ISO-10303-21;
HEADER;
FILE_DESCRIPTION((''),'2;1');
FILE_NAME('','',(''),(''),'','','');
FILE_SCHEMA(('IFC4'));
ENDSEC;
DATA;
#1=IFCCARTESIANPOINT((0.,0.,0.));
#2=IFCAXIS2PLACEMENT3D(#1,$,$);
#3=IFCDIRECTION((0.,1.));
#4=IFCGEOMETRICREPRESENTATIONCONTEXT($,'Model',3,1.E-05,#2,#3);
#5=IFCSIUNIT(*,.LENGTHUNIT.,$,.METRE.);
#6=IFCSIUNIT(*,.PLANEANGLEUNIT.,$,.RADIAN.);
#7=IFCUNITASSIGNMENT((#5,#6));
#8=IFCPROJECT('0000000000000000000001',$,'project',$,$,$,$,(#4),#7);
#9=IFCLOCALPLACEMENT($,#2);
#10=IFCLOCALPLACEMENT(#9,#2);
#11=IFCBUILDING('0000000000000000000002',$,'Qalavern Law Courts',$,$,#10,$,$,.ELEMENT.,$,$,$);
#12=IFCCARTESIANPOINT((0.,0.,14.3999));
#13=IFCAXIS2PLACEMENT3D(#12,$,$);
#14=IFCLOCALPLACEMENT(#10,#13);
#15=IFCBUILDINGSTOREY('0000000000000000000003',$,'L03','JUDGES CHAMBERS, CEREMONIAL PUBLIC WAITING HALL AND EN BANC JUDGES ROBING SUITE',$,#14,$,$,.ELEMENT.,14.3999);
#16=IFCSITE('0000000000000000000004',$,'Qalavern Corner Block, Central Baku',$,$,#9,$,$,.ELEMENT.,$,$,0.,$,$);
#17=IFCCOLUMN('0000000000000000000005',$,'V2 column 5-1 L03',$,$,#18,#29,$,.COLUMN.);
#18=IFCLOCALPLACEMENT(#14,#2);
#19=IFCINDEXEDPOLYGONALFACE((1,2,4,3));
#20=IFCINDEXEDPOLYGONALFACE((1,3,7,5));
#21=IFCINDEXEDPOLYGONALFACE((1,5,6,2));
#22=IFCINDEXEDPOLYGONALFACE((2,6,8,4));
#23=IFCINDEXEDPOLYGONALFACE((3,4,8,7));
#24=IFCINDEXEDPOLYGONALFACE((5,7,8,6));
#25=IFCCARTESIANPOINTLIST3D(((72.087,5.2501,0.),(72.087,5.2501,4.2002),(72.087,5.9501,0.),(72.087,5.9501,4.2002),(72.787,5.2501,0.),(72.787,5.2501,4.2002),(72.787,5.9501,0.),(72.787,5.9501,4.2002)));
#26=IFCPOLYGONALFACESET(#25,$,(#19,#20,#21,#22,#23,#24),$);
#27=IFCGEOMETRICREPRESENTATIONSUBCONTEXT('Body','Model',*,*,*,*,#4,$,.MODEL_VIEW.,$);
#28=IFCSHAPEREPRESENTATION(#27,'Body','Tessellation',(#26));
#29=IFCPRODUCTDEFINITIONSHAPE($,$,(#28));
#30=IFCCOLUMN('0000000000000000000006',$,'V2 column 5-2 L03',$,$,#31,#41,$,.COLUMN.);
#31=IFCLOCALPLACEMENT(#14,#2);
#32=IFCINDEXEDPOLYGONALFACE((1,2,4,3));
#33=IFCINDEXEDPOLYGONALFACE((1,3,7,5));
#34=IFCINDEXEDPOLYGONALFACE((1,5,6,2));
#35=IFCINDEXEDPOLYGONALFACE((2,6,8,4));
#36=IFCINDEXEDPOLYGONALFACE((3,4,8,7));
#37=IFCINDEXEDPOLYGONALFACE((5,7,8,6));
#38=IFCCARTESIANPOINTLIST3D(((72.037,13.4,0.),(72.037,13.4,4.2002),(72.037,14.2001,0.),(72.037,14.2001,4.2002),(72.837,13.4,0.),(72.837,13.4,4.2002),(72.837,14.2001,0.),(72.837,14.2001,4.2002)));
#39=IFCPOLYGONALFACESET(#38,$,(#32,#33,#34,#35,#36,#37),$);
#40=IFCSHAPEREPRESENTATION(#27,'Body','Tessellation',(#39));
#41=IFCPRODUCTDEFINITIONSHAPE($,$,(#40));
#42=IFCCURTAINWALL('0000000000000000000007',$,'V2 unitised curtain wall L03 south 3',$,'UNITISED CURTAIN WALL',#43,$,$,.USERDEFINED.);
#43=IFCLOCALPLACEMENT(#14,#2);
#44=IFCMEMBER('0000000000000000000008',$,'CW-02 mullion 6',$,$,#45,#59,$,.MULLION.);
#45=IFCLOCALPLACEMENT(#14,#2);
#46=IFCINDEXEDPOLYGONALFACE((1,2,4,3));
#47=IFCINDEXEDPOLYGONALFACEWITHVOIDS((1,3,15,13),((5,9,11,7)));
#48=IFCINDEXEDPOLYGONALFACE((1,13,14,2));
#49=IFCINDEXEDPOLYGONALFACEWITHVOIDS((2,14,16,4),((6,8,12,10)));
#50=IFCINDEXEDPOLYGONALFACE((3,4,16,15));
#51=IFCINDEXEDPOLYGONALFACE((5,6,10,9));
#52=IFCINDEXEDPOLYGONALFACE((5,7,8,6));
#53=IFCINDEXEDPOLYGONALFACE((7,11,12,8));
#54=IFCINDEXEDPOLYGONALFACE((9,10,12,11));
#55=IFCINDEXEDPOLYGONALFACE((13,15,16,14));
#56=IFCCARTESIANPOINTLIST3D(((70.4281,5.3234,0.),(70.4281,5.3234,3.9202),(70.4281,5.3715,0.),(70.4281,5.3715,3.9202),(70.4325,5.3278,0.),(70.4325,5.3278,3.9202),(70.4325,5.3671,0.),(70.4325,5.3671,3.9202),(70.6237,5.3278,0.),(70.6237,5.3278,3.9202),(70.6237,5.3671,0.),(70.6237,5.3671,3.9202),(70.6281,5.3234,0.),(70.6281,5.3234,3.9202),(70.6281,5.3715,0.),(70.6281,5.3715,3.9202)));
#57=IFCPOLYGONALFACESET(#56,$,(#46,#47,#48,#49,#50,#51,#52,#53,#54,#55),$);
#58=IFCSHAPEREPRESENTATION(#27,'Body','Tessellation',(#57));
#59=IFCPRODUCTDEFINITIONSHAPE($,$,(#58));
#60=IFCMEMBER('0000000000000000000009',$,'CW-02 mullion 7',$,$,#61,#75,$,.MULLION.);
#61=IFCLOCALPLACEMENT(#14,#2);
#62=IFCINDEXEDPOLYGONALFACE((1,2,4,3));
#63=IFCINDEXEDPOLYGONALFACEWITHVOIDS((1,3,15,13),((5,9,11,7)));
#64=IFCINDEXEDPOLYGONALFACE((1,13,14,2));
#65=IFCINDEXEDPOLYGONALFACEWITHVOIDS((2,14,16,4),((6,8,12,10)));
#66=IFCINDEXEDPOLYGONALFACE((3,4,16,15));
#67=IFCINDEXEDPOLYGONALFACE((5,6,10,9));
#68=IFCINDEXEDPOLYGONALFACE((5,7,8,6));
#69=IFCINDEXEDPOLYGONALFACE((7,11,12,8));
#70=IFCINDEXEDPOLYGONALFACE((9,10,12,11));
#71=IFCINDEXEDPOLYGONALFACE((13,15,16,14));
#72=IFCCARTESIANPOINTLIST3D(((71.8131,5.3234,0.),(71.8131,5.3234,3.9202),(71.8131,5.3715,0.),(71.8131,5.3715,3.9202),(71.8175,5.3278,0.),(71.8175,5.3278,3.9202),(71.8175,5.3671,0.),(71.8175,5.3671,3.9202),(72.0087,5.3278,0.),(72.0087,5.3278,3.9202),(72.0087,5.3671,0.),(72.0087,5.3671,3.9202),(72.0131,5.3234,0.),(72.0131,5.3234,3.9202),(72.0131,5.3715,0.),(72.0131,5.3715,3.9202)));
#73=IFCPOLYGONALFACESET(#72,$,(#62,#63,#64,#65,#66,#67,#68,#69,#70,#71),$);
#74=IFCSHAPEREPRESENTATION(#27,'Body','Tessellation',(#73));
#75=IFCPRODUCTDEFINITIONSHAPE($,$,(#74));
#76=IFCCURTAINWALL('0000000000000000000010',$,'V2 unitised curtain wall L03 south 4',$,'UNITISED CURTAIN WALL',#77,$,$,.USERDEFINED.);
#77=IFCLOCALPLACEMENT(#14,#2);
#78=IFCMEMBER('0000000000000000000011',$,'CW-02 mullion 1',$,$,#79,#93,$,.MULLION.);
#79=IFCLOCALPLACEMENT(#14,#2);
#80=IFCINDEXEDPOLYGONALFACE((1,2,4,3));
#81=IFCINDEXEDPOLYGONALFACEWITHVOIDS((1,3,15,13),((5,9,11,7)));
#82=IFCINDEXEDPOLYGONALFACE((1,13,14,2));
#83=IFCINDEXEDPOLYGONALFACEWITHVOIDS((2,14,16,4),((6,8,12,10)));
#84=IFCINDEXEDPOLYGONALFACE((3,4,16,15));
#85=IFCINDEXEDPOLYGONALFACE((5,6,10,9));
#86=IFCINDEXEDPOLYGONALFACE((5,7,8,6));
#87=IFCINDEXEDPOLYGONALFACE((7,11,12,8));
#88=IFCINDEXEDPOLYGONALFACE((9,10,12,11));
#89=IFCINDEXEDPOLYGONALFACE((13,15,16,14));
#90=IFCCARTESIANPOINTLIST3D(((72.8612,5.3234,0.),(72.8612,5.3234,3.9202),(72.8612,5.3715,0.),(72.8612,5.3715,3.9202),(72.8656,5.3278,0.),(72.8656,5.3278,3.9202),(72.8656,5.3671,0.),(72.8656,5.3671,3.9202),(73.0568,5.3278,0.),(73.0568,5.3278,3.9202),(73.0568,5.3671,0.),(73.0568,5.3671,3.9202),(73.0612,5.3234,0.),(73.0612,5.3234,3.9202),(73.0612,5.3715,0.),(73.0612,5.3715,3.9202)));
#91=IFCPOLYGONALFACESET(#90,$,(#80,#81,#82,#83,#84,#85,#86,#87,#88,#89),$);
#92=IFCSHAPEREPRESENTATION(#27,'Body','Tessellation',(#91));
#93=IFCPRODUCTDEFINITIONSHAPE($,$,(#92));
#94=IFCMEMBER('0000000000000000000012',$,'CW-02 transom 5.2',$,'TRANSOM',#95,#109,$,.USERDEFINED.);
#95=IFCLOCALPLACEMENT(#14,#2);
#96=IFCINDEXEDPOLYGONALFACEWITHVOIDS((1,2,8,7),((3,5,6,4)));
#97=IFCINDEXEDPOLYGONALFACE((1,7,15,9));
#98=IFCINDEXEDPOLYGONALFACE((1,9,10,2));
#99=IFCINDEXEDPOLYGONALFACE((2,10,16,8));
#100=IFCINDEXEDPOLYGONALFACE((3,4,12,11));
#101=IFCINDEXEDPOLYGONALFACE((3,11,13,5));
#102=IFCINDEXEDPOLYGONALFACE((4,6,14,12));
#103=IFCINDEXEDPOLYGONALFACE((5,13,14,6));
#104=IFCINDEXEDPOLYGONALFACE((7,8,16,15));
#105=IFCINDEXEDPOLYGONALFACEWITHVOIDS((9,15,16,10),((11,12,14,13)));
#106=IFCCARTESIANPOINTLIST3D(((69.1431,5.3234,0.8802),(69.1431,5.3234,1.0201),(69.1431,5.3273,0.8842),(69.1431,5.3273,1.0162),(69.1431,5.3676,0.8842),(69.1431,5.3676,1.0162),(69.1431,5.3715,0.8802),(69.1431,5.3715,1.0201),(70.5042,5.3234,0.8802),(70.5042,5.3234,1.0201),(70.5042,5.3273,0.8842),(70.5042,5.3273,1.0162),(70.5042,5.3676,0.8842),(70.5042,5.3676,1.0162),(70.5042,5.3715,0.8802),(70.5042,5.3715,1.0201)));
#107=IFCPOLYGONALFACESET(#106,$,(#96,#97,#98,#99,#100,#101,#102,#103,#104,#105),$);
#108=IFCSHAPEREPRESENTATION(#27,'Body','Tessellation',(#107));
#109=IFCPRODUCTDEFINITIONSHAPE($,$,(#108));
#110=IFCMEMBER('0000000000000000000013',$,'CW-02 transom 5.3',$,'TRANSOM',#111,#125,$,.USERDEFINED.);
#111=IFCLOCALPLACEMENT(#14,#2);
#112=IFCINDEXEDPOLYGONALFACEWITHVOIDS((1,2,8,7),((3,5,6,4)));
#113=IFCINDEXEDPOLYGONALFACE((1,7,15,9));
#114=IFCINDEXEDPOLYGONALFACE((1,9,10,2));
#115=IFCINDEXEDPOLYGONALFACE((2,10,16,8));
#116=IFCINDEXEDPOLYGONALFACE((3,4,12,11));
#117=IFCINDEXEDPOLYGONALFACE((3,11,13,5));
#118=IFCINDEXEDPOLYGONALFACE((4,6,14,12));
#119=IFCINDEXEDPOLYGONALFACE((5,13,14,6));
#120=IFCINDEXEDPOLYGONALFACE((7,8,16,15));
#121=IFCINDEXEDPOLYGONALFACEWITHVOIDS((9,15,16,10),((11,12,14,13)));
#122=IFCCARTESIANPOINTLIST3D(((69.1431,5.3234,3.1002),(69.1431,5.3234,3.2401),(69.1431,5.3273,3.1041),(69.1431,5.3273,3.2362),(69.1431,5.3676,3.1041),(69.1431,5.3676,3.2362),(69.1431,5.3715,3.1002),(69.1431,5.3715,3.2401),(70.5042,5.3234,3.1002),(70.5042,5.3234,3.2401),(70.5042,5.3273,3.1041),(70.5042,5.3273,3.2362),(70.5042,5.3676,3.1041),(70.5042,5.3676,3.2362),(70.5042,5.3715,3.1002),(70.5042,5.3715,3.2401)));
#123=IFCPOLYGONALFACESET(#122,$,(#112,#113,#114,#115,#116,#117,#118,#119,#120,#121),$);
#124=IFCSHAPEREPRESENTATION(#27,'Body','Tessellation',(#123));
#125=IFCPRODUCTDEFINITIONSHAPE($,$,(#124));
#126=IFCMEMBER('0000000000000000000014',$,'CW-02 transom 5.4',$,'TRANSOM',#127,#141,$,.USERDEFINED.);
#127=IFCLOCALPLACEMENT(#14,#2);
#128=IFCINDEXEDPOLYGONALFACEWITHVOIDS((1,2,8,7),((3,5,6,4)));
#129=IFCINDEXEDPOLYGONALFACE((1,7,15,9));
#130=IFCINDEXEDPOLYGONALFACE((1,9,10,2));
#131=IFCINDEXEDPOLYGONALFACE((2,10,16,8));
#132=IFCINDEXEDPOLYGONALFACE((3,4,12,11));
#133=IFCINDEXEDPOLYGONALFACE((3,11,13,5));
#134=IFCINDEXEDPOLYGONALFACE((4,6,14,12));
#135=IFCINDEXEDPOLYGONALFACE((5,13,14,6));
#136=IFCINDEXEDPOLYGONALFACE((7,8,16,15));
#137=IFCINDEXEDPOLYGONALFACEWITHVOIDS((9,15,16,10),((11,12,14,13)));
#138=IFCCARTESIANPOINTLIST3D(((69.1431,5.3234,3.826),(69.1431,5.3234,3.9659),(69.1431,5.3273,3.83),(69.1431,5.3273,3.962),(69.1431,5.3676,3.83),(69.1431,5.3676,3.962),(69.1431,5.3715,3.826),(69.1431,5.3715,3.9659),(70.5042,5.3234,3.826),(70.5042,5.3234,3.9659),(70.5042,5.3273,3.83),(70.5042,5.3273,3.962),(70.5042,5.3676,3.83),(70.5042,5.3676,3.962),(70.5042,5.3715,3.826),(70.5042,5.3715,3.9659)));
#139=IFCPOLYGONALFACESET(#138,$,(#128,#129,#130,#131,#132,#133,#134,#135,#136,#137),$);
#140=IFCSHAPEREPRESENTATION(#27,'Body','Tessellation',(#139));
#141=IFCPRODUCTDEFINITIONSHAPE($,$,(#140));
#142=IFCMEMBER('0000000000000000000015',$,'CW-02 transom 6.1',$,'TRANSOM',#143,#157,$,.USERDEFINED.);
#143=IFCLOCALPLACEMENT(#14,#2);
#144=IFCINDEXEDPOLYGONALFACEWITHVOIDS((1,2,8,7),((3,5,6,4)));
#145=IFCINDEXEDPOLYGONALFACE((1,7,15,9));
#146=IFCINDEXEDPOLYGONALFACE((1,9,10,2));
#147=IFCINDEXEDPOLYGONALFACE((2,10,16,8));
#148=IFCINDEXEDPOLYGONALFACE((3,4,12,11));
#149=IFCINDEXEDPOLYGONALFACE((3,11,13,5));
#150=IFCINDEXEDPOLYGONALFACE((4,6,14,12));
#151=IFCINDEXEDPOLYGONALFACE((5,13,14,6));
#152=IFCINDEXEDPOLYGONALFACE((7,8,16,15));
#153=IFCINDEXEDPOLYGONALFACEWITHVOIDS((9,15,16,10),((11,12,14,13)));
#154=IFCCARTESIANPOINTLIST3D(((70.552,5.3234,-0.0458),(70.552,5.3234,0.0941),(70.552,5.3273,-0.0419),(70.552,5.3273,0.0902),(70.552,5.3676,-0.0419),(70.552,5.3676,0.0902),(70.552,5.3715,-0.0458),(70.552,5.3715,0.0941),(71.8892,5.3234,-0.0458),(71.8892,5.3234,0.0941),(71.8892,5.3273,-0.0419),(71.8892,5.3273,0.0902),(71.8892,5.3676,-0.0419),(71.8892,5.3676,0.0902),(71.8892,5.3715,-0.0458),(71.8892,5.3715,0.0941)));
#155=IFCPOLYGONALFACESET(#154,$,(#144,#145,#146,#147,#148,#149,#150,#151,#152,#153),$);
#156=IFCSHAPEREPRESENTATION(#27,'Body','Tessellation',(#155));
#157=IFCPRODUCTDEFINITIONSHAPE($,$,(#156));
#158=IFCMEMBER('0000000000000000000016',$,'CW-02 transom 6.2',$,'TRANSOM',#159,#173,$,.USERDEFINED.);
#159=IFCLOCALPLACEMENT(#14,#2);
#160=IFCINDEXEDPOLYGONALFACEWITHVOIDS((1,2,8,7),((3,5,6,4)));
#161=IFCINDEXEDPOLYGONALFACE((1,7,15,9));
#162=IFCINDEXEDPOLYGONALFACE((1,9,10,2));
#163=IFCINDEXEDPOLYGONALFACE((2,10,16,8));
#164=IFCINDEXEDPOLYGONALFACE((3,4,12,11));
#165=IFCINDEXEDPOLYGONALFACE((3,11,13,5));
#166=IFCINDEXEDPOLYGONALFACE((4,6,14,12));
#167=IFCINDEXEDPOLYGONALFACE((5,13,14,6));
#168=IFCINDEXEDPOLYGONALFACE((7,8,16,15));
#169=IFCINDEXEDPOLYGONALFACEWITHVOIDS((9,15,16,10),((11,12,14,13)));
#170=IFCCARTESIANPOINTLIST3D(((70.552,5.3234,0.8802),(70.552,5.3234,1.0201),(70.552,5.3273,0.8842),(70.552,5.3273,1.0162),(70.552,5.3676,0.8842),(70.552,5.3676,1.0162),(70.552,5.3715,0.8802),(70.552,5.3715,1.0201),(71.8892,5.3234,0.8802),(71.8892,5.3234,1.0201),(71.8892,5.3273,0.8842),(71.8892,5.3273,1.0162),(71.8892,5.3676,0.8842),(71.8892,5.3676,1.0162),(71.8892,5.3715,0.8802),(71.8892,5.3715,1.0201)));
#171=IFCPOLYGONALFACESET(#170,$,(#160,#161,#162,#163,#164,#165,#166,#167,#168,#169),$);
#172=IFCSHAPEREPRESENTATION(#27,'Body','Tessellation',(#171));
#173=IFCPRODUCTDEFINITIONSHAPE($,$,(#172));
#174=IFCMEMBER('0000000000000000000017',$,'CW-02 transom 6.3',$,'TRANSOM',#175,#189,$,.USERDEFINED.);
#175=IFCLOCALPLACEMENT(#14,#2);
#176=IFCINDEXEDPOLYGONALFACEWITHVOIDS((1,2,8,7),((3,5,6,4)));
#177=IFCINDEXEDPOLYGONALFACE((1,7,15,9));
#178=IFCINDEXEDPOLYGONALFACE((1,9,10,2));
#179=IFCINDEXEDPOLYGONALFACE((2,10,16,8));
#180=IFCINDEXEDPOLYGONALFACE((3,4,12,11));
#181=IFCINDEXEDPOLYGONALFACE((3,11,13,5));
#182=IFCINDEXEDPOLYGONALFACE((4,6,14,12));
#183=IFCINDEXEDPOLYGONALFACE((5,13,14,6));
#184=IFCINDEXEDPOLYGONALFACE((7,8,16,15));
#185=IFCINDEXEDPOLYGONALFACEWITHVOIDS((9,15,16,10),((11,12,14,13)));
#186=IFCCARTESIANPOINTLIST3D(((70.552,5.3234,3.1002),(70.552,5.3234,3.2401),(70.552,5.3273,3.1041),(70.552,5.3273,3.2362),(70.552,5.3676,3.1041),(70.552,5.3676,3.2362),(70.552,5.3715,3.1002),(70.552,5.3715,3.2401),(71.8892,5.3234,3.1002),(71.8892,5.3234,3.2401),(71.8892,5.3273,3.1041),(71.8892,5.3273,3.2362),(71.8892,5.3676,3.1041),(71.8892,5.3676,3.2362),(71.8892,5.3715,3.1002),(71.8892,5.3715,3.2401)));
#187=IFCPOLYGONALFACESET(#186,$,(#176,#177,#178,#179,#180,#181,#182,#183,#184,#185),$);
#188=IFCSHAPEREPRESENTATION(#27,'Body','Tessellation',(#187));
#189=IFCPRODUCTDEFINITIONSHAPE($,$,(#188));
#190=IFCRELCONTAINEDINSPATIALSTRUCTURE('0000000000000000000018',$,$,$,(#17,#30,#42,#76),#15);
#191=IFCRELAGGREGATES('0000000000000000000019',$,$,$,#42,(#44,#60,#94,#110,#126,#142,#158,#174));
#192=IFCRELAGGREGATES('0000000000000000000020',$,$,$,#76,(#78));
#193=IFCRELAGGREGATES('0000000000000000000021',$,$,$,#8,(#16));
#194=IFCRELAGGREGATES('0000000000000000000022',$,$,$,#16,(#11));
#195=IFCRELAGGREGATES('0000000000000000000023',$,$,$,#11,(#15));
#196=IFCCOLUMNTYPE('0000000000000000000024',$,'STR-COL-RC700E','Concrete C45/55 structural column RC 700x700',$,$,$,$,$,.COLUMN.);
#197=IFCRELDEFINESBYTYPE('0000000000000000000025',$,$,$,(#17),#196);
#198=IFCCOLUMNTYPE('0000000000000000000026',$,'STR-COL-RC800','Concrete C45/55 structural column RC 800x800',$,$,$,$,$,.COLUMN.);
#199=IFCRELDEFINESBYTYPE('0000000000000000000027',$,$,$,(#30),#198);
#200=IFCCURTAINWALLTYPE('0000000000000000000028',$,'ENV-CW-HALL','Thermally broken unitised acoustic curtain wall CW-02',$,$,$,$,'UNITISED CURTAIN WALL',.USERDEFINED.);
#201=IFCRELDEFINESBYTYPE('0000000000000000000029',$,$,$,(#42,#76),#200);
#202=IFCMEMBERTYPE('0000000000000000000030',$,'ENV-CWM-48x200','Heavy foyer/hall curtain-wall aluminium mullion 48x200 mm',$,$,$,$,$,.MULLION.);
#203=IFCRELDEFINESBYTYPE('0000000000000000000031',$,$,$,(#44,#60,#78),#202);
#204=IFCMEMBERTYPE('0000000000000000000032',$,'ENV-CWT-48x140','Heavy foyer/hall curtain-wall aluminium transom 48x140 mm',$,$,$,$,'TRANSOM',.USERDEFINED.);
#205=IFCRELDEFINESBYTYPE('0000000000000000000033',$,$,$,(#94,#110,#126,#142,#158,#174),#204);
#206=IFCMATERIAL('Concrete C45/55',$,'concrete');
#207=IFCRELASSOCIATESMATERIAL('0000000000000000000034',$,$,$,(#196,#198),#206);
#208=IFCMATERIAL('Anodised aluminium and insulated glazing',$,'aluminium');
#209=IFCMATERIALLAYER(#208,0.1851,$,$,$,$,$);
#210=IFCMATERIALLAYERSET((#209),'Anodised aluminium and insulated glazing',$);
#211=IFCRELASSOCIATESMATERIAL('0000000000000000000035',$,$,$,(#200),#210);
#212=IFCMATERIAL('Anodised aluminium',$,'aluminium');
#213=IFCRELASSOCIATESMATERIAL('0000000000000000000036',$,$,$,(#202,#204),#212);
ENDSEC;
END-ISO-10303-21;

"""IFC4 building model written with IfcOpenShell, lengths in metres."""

from ifc_helpers import new_model, si_unit, direction, frame, origin, origin_2d, place, context, subcontext, project, spatial, rectangle, hollow_rectangle, extrude, material, layer, layer_set, material_profile, profile_set, type_object, element, aggregate, save


model = new_model("IFC4")

# Units and contexts
model_context = context("Model", 3, precision=1e-05, world=origin(), true_north=direction((0.0, 1.0)))
body_context = subcontext(model_context, "Body", "Model", "MODEL_VIEW")
ifc_project = project(units=[si_unit("LENGTHUNIT", "METRE"), si_unit("PLANEANGLEUNIT", "RADIAN")], contexts=[model_context])

# Site, building, storey
site_placement = place(None, origin())
site = spatial("IfcSite", under=ifc_project, at=site_placement, Name="Qalavern Corner Block, Central Baku", CompositionType="ELEMENT", RefElevation=0.0)
building_placement = place(site_placement, origin())
building = spatial("IfcBuilding", under=site, at=building_placement, Name="Qalavern Law Courts", CompositionType="ELEMENT")
storey_placement = place(building_placement, frame((0.0, 0.0, 14.3999)))
storey = spatial("IfcBuildingStorey", under=building, at=storey_placement, Name="L03", Description="JUDGES CHAMBERS, CEREMONIAL PUBLIC WAITING HALL AND EN BANC JUDGES ROBING SUITE", CompositionType="ELEMENT", Elevation=14.3999)

# Columns
ifc_material_1 = material(Name="Concrete C45/55", Category="concrete")
ifc_material_profile_1 = material_profile(ifc_material_1, rectangle(XDim=0.7, YDim=0.7, at=origin_2d()), Name="RC 700x700")
ifc_profile_set_1 = profile_set([ifc_material_profile_1], Name="Concrete C45/55")
column_type_1 = type_object("IfcColumnType", Name="STR-COL-RC700E", Description="Concrete C45/55 structural column RC 700x700", PredefinedType="COLUMN", material=ifc_profile_set_1)
column_1_placement = place(storey_placement, frame((72.437, 5.6001, 0.0), z_axis=(0.0, 0.0, 1.0), x_axis=(1.0, 0.0, 0.0)))
element("IfcColumn", 1, at=column_1_placement, inside=storey, type_object=column_type_1, Name="V2 column 5-1 L03", PredefinedType="COLUMN", context=body_context, shape_type="SweptSolid", body=[
    extrude(rectangle(XDim=0.7, YDim=0.7, at=origin_2d()), origin(), (0.0, 0.0, 1.0), 4.2002),
])
ifc_material_profile_2 = material_profile(ifc_material_1, rectangle(XDim=0.8, YDim=0.8, at=origin_2d()), Name="RC 800x800")
ifc_profile_set_2 = profile_set([ifc_material_profile_2], Name="Concrete C45/55")
column_type_2 = type_object("IfcColumnType", Name="STR-COL-RC800", Description="Concrete C45/55 structural column RC 800x800", PredefinedType="COLUMN", material=ifc_profile_set_2)
column_2_placement = place(storey_placement, frame((72.437, 13.8, 0.0), z_axis=(0.0, 0.0, 1.0), x_axis=(1.0, 0.0, 0.0)))
element("IfcColumn", 2, at=column_2_placement, inside=storey, type_object=column_type_2, Name="V2 column 5-2 L03", PredefinedType="COLUMN", context=body_context, shape_type="SweptSolid", body=[
    extrude(rectangle(XDim=0.8, YDim=0.8, at=origin_2d()), origin(), (0.0, 0.0, 1.0), 4.2002),
])

# Curtain wall, members
ifc_material_2 = material(Name="Anodised aluminium and insulated glazing", Category="aluminium")
ifc_layer_1 = layer(ifc_material_2, 0.1851)
ifc_layer_set_1 = layer_set([ifc_layer_1], Name="Anodised aluminium and insulated glazing")
curtain_wall_type = type_object("IfcCurtainWallType", Name="ENV-CW-HALL", Description="Thermally broken unitised acoustic curtain wall CW-02", ElementType="UNITISED CURTAIN WALL", PredefinedType="USERDEFINED", material=ifc_layer_set_1)
curtain_wall_1_placement = place(storey_placement, origin())
curtain_wall_1 = element("IfcCurtainWall", 3, at=curtain_wall_1_placement, inside=storey, type_object=curtain_wall_type, Name="V2 unitised curtain wall L03 south 3", ObjectType="UNITISED CURTAIN WALL", PredefinedType="USERDEFINED")
ifc_material_3 = material(Name="Anodised aluminium", Category="aluminium")
ifc_material_profile_3 = material_profile(ifc_material_3, hollow_rectangle(XDim=0.0481, YDim=0.2, WallThickness=0.0044, at=origin_2d()), Name="ALU MULLION 48x200")
ifc_profile_set_3 = profile_set([ifc_material_profile_3], Name="Anodised aluminium")
member_type_1 = type_object("IfcMemberType", Name="ENV-CWM-48x200", Description="Heavy foyer/hall curtain-wall aluminium mullion 48x200 mm", PredefinedType="MULLION", material=ifc_profile_set_3)
member_1_placement = place(storey_placement, frame((70.5281, 5.3474, 0.0), z_axis=(0.0, 0.0, 1.0), x_axis=(0.0, 1.0, 0.0)))
member_1 = element("IfcMember", 4, at=member_1_placement, type_object=member_type_1, Name="CW-02 mullion 6", PredefinedType="MULLION", context=body_context, shape_type="SweptSolid", body=[
    extrude(hollow_rectangle(XDim=0.0481, YDim=0.2, WallThickness=0.0044, at=origin_2d()), origin(), (0.0, 0.0, 1.0), 3.9202),
])
member_2_placement = place(storey_placement, frame((71.9131, 5.3474, 0.0), z_axis=(0.0, 0.0, 1.0), x_axis=(0.0, 1.0, 0.0)))
member_2 = element("IfcMember", 5, at=member_2_placement, type_object=member_type_1, Name="CW-02 mullion 7", PredefinedType="MULLION", context=body_context, shape_type="SweptSolid", body=[
    extrude(hollow_rectangle(XDim=0.0481, YDim=0.2, WallThickness=0.0044, at=origin_2d()), origin(), (0.0, 0.0, 1.0), 3.9202),
])

# Curtain wall, member
curtain_wall_2_placement = place(storey_placement, origin())
curtain_wall_2 = element("IfcCurtainWall", 6, at=curtain_wall_2_placement, inside=storey, type_object=curtain_wall_type, Name="V2 unitised curtain wall L03 south 4", ObjectType="UNITISED CURTAIN WALL", PredefinedType="USERDEFINED")
member_3_placement = place(storey_placement, frame((72.9612, 5.3474, 0.0), z_axis=(0.0, 0.0, 1.0), x_axis=(0.0, 1.0, 0.0)))
member_3 = element("IfcMember", 7, at=member_3_placement, type_object=member_type_1, Name="CW-02 mullion 1", PredefinedType="MULLION", context=body_context, shape_type="SweptSolid", body=[
    extrude(hollow_rectangle(XDim=0.0481, YDim=0.2, WallThickness=0.0044, at=origin_2d()), origin(), (0.0, 0.0, 1.0), 3.9202),
])

# Members
ifc_material_profile_4 = material_profile(ifc_material_3, hollow_rectangle(XDim=0.0481, YDim=0.1399, WallThickness=0.0039, at=origin_2d()), Name="ALU TRANSOM 48x140")
ifc_profile_set_4 = profile_set([ifc_material_profile_4], Name="Anodised aluminium")
member_type_2 = type_object("IfcMemberType", Name="ENV-CWT-48x140", Description="Heavy foyer/hall curtain-wall aluminium transom 48x140 mm", ElementType="TRANSOM", PredefinedType="USERDEFINED", material=ifc_profile_set_4)
member_4_placement = place(storey_placement, frame((69.1431, 5.3474, 0.9502), z_axis=(1.0, 0.0, 0.0), x_axis=(0.0, 1.0, 0.0)))
member_4 = element("IfcMember", 8, at=member_4_placement, type_object=member_type_2, Name="CW-02 transom 5.2", ObjectType="TRANSOM", PredefinedType="USERDEFINED", context=body_context, shape_type="SweptSolid", body=[
    extrude(hollow_rectangle(XDim=0.0481, YDim=0.1399, WallThickness=0.0039, at=origin_2d()), origin(), (0.0, 0.0, 1.0), 1.3611),
])
member_5_placement = place(storey_placement, frame((69.1431, 5.3474, 3.1702), z_axis=(1.0, 0.0, 0.0), x_axis=(0.0, 1.0, 0.0)))
member_5 = element("IfcMember", 9, at=member_5_placement, type_object=member_type_2, Name="CW-02 transom 5.3", ObjectType="TRANSOM", PredefinedType="USERDEFINED", context=body_context, shape_type="SweptSolid", body=[
    extrude(hollow_rectangle(XDim=0.0481, YDim=0.1399, WallThickness=0.0039, at=origin_2d()), origin(), (0.0, 0.0, 1.0), 1.3611),
])
member_6_placement = place(storey_placement, frame((69.1431, 5.3474, 3.896), z_axis=(1.0, 0.0, 0.0), x_axis=(0.0, 1.0, 0.0)))
member_6 = element("IfcMember", 10, at=member_6_placement, type_object=member_type_2, Name="CW-02 transom 5.4", ObjectType="TRANSOM", PredefinedType="USERDEFINED", context=body_context, shape_type="SweptSolid", body=[
    extrude(hollow_rectangle(XDim=0.0481, YDim=0.1399, WallThickness=0.0039, at=origin_2d()), origin(), (0.0, 0.0, 1.0), 1.3611),
])
member_7_placement = place(storey_placement, frame((70.552, 5.3474, 0.0242), z_axis=(1.0, 0.0, 0.0), x_axis=(0.0, 1.0, 0.0)))
member_7 = element("IfcMember", 11, at=member_7_placement, type_object=member_type_2, Name="CW-02 transom 6.1", ObjectType="TRANSOM", PredefinedType="USERDEFINED", context=body_context, shape_type="SweptSolid", body=[
    extrude(hollow_rectangle(XDim=0.0481, YDim=0.1399, WallThickness=0.0039, at=origin_2d()), origin(), (0.0, 0.0, 1.0), 1.3372),
])
member_8_placement = place(storey_placement, frame((70.552, 5.3474, 0.9502), z_axis=(1.0, 0.0, 0.0), x_axis=(0.0, 1.0, 0.0)))
member_8 = element("IfcMember", 12, at=member_8_placement, type_object=member_type_2, Name="CW-02 transom 6.2", ObjectType="TRANSOM", PredefinedType="USERDEFINED", context=body_context, shape_type="SweptSolid", body=[
    extrude(hollow_rectangle(XDim=0.0481, YDim=0.1399, WallThickness=0.0039, at=origin_2d()), origin(), (0.0, 0.0, 1.0), 1.3372),
])
member_9_placement = place(storey_placement, frame((70.552, 5.3474, 3.1702), z_axis=(1.0, 0.0, 0.0), x_axis=(0.0, 1.0, 0.0)))
member_9 = element("IfcMember", 13, at=member_9_placement, type_object=member_type_2, Name="CW-02 transom 6.3", ObjectType="TRANSOM", PredefinedType="USERDEFINED", context=body_context, shape_type="SweptSolid", body=[
    extrude(hollow_rectangle(XDim=0.0481, YDim=0.1399, WallThickness=0.0039, at=origin_2d()), origin(), (0.0, 0.0, 1.0), 1.3372),
])

aggregate(curtain_wall_1, [member_1, member_2, member_4, member_5, member_6, member_7, member_8, member_9])
aggregate(curtain_wall_2, [member_3])

save(model, "model.ifc")
